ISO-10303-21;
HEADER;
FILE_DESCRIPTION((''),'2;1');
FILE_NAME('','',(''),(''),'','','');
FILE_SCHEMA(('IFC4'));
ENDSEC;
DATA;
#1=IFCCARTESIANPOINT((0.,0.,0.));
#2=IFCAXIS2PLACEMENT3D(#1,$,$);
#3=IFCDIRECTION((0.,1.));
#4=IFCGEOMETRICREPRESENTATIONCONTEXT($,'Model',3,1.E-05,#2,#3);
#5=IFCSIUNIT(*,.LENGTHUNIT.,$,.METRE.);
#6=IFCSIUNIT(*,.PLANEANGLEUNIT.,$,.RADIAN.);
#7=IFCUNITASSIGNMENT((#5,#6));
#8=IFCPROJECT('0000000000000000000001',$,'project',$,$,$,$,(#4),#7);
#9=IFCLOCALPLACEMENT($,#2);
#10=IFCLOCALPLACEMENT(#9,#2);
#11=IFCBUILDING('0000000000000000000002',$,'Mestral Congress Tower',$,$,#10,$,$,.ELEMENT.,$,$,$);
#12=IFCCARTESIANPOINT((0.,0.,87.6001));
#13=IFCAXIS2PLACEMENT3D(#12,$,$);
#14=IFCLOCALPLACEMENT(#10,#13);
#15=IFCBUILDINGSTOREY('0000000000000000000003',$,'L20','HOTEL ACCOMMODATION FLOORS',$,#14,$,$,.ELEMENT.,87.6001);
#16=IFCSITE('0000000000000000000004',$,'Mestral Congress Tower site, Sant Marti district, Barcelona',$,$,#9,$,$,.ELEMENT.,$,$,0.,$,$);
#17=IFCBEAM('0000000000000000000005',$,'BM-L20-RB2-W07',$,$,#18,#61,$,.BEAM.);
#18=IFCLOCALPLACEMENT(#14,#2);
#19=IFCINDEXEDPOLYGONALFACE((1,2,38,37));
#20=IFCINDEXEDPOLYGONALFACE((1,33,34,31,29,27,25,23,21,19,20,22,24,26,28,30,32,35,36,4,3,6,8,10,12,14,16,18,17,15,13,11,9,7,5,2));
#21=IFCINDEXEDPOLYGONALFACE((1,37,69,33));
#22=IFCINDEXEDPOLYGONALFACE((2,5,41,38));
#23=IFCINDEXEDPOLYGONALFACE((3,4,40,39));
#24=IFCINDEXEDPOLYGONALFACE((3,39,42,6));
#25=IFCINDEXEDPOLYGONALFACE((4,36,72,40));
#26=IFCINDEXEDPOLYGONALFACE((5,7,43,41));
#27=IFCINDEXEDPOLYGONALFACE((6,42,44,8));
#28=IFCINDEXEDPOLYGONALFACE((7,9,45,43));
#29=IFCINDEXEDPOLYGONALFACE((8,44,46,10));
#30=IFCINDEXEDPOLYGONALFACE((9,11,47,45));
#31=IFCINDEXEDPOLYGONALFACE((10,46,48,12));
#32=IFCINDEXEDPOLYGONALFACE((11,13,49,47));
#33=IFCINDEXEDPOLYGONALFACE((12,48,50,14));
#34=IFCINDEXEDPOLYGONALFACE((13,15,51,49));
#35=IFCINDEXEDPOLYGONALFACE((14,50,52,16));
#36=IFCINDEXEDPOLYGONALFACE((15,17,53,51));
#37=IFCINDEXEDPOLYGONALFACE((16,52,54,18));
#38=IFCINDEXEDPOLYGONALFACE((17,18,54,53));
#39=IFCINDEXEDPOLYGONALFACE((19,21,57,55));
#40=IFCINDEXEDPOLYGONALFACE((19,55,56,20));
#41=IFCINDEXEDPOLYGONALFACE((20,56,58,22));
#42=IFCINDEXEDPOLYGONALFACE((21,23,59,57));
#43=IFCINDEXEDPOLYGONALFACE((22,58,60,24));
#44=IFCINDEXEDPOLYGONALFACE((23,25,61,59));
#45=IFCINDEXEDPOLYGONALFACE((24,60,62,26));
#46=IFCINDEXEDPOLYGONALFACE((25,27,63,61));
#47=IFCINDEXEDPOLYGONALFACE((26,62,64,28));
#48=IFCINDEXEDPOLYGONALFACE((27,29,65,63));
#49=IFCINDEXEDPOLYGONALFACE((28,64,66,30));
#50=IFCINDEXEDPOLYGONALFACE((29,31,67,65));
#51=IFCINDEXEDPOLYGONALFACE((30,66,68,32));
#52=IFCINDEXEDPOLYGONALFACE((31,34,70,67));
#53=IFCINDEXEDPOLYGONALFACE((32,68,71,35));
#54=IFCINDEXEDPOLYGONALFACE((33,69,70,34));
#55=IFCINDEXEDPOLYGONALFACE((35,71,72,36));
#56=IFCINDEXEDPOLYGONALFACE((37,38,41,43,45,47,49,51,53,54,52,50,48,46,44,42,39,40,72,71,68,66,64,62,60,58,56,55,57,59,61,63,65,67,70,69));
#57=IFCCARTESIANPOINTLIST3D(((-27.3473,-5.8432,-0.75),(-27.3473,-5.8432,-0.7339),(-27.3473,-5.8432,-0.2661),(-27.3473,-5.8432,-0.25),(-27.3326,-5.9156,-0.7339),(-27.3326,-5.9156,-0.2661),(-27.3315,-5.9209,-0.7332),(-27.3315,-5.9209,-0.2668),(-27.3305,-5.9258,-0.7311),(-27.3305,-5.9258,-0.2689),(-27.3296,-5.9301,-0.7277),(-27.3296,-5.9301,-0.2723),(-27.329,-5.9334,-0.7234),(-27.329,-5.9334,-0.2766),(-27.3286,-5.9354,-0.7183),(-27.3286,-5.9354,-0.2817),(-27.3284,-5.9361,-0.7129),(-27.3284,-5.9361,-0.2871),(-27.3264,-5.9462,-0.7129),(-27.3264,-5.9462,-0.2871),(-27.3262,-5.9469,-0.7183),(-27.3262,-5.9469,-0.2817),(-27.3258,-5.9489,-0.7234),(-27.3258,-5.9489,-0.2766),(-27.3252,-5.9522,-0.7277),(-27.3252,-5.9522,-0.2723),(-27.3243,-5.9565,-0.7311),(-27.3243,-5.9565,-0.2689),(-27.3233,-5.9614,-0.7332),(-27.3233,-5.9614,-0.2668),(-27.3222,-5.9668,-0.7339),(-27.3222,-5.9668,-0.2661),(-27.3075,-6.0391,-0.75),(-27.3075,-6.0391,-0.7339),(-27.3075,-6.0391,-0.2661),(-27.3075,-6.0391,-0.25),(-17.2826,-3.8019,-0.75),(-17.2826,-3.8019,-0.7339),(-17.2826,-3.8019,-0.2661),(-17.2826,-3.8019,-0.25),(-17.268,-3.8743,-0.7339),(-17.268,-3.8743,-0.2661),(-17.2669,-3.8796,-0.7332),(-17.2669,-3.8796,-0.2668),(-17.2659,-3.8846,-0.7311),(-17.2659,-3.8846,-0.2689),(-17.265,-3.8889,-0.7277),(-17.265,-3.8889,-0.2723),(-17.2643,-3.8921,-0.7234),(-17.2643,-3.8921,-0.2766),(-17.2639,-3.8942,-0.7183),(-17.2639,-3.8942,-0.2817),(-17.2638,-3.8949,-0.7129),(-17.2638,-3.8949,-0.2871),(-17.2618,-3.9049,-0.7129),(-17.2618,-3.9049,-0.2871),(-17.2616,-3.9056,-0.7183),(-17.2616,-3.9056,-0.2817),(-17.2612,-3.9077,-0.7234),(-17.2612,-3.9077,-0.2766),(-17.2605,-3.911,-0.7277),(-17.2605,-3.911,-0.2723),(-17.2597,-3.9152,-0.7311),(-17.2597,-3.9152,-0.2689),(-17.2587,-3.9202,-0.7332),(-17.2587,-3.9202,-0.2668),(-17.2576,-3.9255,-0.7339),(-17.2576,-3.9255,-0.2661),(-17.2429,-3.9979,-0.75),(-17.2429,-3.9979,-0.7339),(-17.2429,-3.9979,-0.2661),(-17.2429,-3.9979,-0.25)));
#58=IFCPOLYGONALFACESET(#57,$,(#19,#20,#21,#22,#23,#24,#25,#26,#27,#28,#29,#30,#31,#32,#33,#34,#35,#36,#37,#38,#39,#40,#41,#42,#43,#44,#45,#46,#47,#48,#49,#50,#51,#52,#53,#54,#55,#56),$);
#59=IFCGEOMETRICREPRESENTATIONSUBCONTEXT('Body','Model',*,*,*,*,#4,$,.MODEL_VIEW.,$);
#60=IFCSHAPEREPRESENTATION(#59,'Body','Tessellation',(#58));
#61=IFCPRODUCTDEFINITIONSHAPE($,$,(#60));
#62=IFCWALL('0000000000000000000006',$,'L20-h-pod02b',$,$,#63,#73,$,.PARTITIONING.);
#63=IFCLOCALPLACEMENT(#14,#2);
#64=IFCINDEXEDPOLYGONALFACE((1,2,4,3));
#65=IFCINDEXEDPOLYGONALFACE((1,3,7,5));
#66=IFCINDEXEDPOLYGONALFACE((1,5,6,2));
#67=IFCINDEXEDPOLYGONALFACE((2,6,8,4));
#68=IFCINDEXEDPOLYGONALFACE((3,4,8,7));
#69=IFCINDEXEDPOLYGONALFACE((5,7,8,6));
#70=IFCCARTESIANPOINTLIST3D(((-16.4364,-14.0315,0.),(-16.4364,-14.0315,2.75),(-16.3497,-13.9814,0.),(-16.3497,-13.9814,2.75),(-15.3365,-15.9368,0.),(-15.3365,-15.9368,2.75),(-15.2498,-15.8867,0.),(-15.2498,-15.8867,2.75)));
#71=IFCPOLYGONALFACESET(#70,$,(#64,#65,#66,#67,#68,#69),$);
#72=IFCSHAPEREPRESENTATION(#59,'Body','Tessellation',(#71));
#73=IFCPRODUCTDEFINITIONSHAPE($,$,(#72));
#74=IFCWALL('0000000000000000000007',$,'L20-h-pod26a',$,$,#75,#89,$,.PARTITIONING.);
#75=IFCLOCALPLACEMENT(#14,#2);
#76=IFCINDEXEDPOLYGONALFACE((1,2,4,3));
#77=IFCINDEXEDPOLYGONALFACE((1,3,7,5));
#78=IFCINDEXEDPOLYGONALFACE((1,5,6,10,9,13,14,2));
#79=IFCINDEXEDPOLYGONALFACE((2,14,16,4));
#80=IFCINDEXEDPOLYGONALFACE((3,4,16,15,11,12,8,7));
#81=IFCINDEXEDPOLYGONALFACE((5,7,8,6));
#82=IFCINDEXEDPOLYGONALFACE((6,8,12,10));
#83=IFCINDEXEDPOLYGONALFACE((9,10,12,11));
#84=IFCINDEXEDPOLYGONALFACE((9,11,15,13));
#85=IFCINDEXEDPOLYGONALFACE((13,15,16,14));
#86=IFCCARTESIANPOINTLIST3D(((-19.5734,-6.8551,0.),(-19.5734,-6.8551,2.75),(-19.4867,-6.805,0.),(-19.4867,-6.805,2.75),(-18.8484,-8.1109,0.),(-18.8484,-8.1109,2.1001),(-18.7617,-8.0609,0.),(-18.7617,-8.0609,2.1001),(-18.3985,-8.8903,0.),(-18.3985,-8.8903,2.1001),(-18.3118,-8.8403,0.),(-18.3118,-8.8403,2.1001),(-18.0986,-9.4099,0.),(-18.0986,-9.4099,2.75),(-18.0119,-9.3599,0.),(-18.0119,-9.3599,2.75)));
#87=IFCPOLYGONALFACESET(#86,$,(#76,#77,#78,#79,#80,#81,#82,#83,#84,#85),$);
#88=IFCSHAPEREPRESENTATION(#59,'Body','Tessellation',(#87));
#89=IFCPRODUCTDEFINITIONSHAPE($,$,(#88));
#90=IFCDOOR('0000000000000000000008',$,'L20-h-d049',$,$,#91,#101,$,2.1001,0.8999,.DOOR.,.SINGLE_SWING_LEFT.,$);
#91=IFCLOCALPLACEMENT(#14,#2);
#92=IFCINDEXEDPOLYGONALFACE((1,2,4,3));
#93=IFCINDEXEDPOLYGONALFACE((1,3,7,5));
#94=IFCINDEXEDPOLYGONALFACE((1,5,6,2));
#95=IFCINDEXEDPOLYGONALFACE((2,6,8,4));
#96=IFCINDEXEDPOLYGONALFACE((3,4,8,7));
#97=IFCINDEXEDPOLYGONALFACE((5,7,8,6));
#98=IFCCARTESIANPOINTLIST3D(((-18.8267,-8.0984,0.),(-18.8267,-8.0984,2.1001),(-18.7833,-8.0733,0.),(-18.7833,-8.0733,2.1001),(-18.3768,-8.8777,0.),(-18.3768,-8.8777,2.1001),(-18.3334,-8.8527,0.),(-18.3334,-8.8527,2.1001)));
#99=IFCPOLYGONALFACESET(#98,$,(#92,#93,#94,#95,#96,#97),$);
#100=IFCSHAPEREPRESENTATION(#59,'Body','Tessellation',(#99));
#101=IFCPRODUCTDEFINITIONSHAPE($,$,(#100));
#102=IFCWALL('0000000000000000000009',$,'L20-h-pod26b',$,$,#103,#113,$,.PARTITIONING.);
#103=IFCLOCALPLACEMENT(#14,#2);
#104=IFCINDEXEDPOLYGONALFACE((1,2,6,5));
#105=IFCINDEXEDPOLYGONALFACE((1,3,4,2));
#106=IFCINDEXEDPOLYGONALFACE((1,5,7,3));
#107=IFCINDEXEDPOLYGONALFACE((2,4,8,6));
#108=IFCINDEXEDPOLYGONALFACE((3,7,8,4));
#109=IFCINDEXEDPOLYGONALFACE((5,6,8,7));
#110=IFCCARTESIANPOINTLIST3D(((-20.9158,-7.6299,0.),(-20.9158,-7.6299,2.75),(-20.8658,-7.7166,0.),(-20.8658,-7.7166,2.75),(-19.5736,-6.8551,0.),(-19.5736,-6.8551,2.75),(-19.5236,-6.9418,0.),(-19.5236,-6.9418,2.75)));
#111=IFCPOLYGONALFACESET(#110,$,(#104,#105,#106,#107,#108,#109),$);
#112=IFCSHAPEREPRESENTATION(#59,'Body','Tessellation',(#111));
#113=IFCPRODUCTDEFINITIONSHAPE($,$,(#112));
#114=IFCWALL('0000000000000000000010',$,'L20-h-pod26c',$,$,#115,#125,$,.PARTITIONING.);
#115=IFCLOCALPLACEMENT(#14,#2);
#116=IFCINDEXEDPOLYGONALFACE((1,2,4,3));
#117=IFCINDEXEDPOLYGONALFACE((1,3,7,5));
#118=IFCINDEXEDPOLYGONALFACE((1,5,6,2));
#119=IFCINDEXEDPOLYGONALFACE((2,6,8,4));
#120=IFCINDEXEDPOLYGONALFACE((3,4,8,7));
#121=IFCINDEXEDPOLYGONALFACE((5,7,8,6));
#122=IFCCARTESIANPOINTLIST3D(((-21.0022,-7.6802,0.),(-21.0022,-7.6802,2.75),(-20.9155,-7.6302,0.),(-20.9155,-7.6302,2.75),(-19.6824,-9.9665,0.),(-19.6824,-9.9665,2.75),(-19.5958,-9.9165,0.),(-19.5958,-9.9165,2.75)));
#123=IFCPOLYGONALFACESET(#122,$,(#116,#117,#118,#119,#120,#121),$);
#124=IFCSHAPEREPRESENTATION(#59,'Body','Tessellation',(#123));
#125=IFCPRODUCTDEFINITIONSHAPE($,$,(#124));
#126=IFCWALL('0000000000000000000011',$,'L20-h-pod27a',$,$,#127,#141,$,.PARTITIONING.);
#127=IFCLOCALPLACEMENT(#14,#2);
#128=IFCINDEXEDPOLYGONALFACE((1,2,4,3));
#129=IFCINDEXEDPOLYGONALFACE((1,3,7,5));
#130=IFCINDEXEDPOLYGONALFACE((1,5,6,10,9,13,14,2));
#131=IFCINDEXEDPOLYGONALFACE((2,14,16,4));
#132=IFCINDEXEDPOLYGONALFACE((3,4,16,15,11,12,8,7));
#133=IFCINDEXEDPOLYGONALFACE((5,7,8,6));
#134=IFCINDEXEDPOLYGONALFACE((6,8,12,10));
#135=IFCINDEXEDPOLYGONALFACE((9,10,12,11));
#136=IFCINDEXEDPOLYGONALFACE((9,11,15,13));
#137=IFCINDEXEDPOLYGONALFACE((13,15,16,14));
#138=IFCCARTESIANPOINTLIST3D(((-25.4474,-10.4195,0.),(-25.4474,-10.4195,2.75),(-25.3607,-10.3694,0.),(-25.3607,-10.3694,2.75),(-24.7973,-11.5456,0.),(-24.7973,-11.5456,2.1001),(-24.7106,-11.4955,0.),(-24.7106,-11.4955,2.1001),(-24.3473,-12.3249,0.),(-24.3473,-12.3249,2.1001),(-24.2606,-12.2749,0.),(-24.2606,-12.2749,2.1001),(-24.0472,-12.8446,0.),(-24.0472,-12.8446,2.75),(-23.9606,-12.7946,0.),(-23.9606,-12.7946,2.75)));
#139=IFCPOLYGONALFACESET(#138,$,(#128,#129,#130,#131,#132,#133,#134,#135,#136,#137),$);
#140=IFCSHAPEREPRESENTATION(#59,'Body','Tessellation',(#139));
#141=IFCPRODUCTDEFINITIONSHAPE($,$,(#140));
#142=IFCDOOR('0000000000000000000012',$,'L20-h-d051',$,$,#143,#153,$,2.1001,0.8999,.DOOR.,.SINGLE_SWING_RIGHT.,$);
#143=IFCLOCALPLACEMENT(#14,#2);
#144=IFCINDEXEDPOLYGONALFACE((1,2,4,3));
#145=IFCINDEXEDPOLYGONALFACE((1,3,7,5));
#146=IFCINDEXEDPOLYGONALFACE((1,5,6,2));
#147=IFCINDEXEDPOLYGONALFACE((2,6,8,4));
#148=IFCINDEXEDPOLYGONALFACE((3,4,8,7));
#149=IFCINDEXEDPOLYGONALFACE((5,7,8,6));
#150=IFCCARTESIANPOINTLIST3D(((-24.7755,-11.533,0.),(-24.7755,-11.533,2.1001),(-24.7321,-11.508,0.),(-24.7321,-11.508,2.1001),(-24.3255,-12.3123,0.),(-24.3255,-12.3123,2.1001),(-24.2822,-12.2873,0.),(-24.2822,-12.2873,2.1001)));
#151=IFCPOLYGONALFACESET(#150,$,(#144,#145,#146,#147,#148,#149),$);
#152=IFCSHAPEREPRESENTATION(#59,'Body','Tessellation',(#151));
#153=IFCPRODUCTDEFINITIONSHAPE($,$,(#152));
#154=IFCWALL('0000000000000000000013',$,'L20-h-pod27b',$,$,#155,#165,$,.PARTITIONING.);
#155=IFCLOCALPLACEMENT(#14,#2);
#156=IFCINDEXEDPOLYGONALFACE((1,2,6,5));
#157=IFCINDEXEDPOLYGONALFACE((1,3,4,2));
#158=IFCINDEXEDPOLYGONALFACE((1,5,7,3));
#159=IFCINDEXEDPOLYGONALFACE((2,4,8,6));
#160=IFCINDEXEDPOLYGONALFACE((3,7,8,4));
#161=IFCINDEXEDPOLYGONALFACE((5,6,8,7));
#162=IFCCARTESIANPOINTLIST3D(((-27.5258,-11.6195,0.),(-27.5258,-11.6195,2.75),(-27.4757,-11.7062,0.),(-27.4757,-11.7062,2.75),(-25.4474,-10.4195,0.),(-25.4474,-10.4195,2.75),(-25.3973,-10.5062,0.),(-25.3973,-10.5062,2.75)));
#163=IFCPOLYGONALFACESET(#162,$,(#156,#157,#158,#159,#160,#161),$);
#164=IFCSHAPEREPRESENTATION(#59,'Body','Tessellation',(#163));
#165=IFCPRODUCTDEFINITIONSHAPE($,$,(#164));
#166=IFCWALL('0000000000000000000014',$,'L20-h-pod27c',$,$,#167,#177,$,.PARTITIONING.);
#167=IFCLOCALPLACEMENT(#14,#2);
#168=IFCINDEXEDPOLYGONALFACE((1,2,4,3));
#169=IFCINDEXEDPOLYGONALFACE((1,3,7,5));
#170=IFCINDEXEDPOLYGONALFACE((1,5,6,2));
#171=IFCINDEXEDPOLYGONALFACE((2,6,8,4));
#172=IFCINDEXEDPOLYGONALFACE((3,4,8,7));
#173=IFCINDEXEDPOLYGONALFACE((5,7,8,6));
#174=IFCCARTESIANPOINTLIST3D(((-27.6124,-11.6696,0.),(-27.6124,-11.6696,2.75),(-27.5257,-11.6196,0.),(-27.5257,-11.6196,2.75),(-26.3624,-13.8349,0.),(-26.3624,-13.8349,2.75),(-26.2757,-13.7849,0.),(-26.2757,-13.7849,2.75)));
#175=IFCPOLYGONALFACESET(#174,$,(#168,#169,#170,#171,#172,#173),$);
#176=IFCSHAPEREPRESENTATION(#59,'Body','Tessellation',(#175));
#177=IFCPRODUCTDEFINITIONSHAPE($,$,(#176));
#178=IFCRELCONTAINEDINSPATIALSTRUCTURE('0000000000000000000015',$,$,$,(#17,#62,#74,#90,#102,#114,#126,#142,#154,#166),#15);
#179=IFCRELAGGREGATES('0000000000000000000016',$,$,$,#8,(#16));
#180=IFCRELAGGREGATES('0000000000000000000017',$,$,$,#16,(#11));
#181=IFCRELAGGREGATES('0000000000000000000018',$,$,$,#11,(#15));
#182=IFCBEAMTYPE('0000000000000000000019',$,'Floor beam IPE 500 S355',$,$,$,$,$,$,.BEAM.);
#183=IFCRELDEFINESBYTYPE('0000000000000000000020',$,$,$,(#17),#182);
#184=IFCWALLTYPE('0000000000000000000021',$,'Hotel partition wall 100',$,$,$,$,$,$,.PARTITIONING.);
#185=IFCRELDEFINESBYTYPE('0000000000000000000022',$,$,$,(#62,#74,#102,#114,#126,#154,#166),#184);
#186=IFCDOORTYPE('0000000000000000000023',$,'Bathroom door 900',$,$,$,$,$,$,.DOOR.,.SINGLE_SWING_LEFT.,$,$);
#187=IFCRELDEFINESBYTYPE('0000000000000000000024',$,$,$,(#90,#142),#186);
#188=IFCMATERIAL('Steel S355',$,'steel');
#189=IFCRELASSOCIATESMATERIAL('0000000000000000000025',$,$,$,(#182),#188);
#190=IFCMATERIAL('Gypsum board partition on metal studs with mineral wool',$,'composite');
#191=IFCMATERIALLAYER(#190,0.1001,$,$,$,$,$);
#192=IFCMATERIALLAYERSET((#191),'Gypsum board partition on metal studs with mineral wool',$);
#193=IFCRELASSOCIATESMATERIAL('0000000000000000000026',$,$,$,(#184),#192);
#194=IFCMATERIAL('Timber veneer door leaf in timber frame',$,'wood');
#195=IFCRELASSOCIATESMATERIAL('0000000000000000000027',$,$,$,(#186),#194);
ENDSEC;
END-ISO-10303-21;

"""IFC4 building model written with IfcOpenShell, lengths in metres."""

from ifc_helpers import new_model, si_unit, direction, frame, frame_2d, origin, origin_2d, place, context, subcontext, project, spatial, rectangle, i_section, extrude, material, layer, layer_set, material_profile, profile_set, type_object, element, fill, save


model = new_model("IFC4")

# Units and contexts
model_context = context("Model", 3, precision=1e-05, world=origin(), true_north=direction((0.0, 1.0)))
body_context = subcontext(model_context, "Body", "Model", "MODEL_VIEW")
ifc_project = project(units=[si_unit("LENGTHUNIT", "METRE"), si_unit("PLANEANGLEUNIT", "RADIAN")], contexts=[model_context])

# Site, building, storey
site_placement = place(None, origin())
site = spatial("IfcSite", under=ifc_project, at=site_placement, Name="Mestral Congress Tower site, Sant Marti district, Barcelona", CompositionType="ELEMENT", RefElevation=0.0)
building_placement = place(site_placement, origin())
building = spatial("IfcBuilding", under=site, at=building_placement, Name="Mestral Congress Tower", CompositionType="ELEMENT")
storey_placement = place(building_placement, frame((0.0, 0.0, 87.6001)))
storey = spatial("IfcBuildingStorey", under=building, at=storey_placement, Name="L20", Description="HOTEL ACCOMMODATION FLOORS", CompositionType="ELEMENT", Elevation=87.6001)

# Beam
ifc_material_1 = material(Name="Steel S355", Category="steel")
ifc_material_profile = material_profile(ifc_material_1, i_section(OverallWidth=0.2, OverallDepth=0.5, WebThickness=0.0103, FlangeThickness=0.0161, FilletRadius=0.021, at=origin_2d()), Name="IPE 500")
ifc_profile_set = profile_set([ifc_material_profile], Name="Steel S355")
beam_type = type_object("IfcBeamType", Name="Floor beam IPE 500 S355", PredefinedType="BEAM", material=ifc_profile_set)
beam_placement = place(storey_placement, frame((-27.3274, -5.9412, -0.5), z_axis=(0.980047, 0.198767, 0.0), x_axis=(-0.198767, 0.980047, 0.0)))
element("IfcBeam", 1, at=beam_placement, inside=storey, type_object=beam_type, Name="BM-L20-RB2-W07", PredefinedType="BEAM", context=body_context, shape_type="SweptSolid", body=[
    extrude(i_section(OverallWidth=0.2, OverallDepth=0.5, WebThickness=0.0103, FlangeThickness=0.0161, FilletRadius=0.021, at=origin_2d()), origin(), (0.0, 0.0, 1.0), 10.2695),
])

# Wall
ifc_material_2 = material(Name="Gypsum board partition on metal studs with mineral wool", Category="composite")
ifc_layer_1 = layer(ifc_material_2, 0.1001)
ifc_layer_set_1 = layer_set([ifc_layer_1], Name="Gypsum board partition on metal studs with mineral wool")
wall_type_1 = type_object("IfcWallType", Name="Hotel partition wall 100", PredefinedType="PARTITIONING", material=ifc_layer_set_1)
wall_1_placement = place(storey_placement, frame((-16.3931, -14.0063, 0.0), z_axis=(0.0, 0.0, 1.0), x_axis=(0.499947, -0.866056, 0.0)))
element("IfcWall", 2, at=wall_1_placement, inside=storey, type_object=wall_type_1, Name="L20-h-pod02b", PredefinedType="PARTITIONING", context=body_context, shape_type="SweptSolid", body=[
    extrude(rectangle(XDim=2.2, YDim=0.1001, at=frame_2d((1.1001, 0.0))), origin(), (0.0, 0.0, 1.0), 2.75),
])

# Wall, opening, door
wall_2_placement = place(storey_placement, frame((-18.0552, -9.385, 0.0), z_axis=(0.0, 0.0, 1.0), x_axis=(-0.49994, 0.86606, 0.0)))
wall_2 = element("IfcWall", 3, at=wall_2_placement, inside=storey, type_object=wall_type_1, Name="L20-h-pod26a", PredefinedType="PARTITIONING", context=body_context, shape_type="SweptSolid", body=[
    extrude(rectangle(XDim=2.95, YDim=0.1001, at=frame_2d((1.4751, 0.0))), origin(), (0.0, 0.0, 1.0), 2.75),
])
opening_1_placement = place(wall_2_placement, frame((0.6001, 0.0, 0.0)))
opening_1 = element("IfcOpeningElement", 4, at=opening_1_placement, cuts=wall_2, PredefinedType="OPENING", context=body_context, shape_type="SweptSolid", body=[
    extrude(rectangle(XDim=0.8999, YDim=2.1001, at=frame_2d((0.45, 1.05))), frame((0.0, 0.0601, 0.0), z_axis=(0.0, -1.0, 0.0), x_axis=(1.0, 0.0, 0.0)), (0.0, 0.0, 1.0), 0.1201),
])
ifc_material_3 = material(Name="Timber veneer door leaf in timber frame", Category="wood")
door_type_1 = type_object("IfcDoorType", Name="Bathroom door 900", OperationType="SINGLE_SWING_LEFT", PredefinedType="DOOR", material=ifc_material_3)
door_1_placement = place(opening_1_placement, origin())
door_1 = element("IfcDoor", 5, at=door_1_placement, inside=storey, type_object=door_type_1, Name="L20-h-d049", OperationType="SINGLE_SWING_LEFT", OverallHeight=2.1001, OverallWidth=0.8999, PredefinedType="DOOR", context=body_context, shape_type="SweptSolid", body=[
    extrude(rectangle(XDim=0.8999, YDim=2.1001, at=frame_2d((0.45, 1.05))), frame((0.0, 0.0249, 0.0), z_axis=(0.0, -1.0, 0.0), x_axis=(1.0, 0.0, 0.0)), (0.0, 0.0, 1.0), 0.05),
])
fill(opening_1, door_1)

# Walls
wall_3_placement = place(storey_placement, frame((-19.5486, -6.8984, 0.0), z_axis=(0.0, 0.0, 1.0), x_axis=(-0.866044, -0.499968, 0.0)))
element("IfcWall", 6, at=wall_3_placement, inside=storey, type_object=wall_type_1, Name="L20-h-pod26b", PredefinedType="PARTITIONING", context=body_context, shape_type="SweptSolid", body=[
    extrude(rectangle(XDim=1.5498, YDim=0.1001, at=frame_2d((0.7749, 0.0))), origin(), (0.0, 0.0, 1.0), 2.75),
])
wall_4_placement = place(storey_placement, frame((-19.6392, -9.9414, 0.0), z_axis=(0.0, 0.0, 1.0), x_axis=(-0.499939, 0.866061, 0.0)))
element("IfcWall", 7, at=wall_4_placement, inside=storey, type_object=wall_type_1, Name="L20-h-pod26c", PredefinedType="PARTITIONING", context=body_context, shape_type="SweptSolid", body=[
    extrude(rectangle(XDim=2.6399, YDim=0.1001, at=frame_2d((1.3198, 0.0))), origin(), (0.0, 0.0, 1.0), 2.75),
])

# Wall, opening, door
wall_5_placement = place(storey_placement, frame((-24.0039, -12.8196, 0.0), z_axis=(0.0, 0.0, 1.0), x_axis=(-0.500012, 0.866019, 0.0)))
wall_5 = element("IfcWall", 8, at=wall_5_placement, inside=storey, type_object=wall_type_1, Name="L20-h-pod27a", PredefinedType="PARTITIONING", context=body_context, shape_type="SweptSolid", body=[
    extrude(rectangle(XDim=2.8003, YDim=0.1001, at=frame_2d((1.4001, 0.0))), origin(), (0.0, 0.0, 1.0), 2.75),
])
opening_2_placement = place(wall_5_placement, frame((0.6001, 0.0, 0.0)))
opening_2 = element("IfcOpeningElement", 9, at=opening_2_placement, cuts=wall_5, PredefinedType="OPENING", context=body_context, shape_type="SweptSolid", body=[
    extrude(rectangle(XDim=0.8999, YDim=2.1001, at=frame_2d((0.45, 1.05))), frame((0.0, 0.0601, 0.0), z_axis=(0.0, -1.0, 0.0), x_axis=(1.0, 0.0, 0.0)), (0.0, 0.0, 1.0), 0.1201),
])
door_2_placement = place(opening_2_placement, origin())
door_2 = element("IfcDoor", 10, at=door_2_placement, inside=storey, type_object=door_type_1, Name="L20-h-d051", OperationType="SINGLE_SWING_RIGHT", OverallHeight=2.1001, OverallWidth=0.8999, PredefinedType="DOOR", context=body_context, shape_type="SweptSolid", body=[
    extrude(rectangle(XDim=0.8999, YDim=2.1001, at=frame_2d((0.45, 1.05))), frame((0.0, 0.0249, 0.0), z_axis=(0.0, -1.0, 0.0), x_axis=(1.0, 0.0, 0.0)), (0.0, 0.0, 1.0), 0.05),
])
fill(opening_2, door_2)

# Walls
wall_6_placement = place(storey_placement, frame((-25.4224, -10.4629, 0.0), z_axis=(0.0, 0.0, 1.0), x_axis=(-0.866025, -0.500001, 0.0)))
element("IfcWall", 11, at=wall_6_placement, inside=storey, type_object=wall_type_1, Name="L20-h-pod27b", PredefinedType="PARTITIONING", context=body_context, shape_type="SweptSolid", body=[
    extrude(rectangle(XDim=2.3999, YDim=0.1001, at=frame_2d((1.2, 0.0))), origin(), (0.0, 0.0, 1.0), 2.75),
])
wall_7_placement = place(storey_placement, frame((-26.3191, -13.8098, 0.0), z_axis=(0.0, 0.0, 1.0), x_axis=(-0.499962, 0.866047, 0.0)))
element("IfcWall", 12, at=wall_7_placement, inside=storey, type_object=wall_type_1, Name="L20-h-pod27c", PredefinedType="PARTITIONING", context=body_context, shape_type="SweptSolid", body=[
    extrude(rectangle(XDim=2.5002, YDim=0.1001, at=frame_2d((1.25, 0.0))), origin(), (0.0, 0.0, 1.0), 2.75),
])

save(model, "model.ifc")
